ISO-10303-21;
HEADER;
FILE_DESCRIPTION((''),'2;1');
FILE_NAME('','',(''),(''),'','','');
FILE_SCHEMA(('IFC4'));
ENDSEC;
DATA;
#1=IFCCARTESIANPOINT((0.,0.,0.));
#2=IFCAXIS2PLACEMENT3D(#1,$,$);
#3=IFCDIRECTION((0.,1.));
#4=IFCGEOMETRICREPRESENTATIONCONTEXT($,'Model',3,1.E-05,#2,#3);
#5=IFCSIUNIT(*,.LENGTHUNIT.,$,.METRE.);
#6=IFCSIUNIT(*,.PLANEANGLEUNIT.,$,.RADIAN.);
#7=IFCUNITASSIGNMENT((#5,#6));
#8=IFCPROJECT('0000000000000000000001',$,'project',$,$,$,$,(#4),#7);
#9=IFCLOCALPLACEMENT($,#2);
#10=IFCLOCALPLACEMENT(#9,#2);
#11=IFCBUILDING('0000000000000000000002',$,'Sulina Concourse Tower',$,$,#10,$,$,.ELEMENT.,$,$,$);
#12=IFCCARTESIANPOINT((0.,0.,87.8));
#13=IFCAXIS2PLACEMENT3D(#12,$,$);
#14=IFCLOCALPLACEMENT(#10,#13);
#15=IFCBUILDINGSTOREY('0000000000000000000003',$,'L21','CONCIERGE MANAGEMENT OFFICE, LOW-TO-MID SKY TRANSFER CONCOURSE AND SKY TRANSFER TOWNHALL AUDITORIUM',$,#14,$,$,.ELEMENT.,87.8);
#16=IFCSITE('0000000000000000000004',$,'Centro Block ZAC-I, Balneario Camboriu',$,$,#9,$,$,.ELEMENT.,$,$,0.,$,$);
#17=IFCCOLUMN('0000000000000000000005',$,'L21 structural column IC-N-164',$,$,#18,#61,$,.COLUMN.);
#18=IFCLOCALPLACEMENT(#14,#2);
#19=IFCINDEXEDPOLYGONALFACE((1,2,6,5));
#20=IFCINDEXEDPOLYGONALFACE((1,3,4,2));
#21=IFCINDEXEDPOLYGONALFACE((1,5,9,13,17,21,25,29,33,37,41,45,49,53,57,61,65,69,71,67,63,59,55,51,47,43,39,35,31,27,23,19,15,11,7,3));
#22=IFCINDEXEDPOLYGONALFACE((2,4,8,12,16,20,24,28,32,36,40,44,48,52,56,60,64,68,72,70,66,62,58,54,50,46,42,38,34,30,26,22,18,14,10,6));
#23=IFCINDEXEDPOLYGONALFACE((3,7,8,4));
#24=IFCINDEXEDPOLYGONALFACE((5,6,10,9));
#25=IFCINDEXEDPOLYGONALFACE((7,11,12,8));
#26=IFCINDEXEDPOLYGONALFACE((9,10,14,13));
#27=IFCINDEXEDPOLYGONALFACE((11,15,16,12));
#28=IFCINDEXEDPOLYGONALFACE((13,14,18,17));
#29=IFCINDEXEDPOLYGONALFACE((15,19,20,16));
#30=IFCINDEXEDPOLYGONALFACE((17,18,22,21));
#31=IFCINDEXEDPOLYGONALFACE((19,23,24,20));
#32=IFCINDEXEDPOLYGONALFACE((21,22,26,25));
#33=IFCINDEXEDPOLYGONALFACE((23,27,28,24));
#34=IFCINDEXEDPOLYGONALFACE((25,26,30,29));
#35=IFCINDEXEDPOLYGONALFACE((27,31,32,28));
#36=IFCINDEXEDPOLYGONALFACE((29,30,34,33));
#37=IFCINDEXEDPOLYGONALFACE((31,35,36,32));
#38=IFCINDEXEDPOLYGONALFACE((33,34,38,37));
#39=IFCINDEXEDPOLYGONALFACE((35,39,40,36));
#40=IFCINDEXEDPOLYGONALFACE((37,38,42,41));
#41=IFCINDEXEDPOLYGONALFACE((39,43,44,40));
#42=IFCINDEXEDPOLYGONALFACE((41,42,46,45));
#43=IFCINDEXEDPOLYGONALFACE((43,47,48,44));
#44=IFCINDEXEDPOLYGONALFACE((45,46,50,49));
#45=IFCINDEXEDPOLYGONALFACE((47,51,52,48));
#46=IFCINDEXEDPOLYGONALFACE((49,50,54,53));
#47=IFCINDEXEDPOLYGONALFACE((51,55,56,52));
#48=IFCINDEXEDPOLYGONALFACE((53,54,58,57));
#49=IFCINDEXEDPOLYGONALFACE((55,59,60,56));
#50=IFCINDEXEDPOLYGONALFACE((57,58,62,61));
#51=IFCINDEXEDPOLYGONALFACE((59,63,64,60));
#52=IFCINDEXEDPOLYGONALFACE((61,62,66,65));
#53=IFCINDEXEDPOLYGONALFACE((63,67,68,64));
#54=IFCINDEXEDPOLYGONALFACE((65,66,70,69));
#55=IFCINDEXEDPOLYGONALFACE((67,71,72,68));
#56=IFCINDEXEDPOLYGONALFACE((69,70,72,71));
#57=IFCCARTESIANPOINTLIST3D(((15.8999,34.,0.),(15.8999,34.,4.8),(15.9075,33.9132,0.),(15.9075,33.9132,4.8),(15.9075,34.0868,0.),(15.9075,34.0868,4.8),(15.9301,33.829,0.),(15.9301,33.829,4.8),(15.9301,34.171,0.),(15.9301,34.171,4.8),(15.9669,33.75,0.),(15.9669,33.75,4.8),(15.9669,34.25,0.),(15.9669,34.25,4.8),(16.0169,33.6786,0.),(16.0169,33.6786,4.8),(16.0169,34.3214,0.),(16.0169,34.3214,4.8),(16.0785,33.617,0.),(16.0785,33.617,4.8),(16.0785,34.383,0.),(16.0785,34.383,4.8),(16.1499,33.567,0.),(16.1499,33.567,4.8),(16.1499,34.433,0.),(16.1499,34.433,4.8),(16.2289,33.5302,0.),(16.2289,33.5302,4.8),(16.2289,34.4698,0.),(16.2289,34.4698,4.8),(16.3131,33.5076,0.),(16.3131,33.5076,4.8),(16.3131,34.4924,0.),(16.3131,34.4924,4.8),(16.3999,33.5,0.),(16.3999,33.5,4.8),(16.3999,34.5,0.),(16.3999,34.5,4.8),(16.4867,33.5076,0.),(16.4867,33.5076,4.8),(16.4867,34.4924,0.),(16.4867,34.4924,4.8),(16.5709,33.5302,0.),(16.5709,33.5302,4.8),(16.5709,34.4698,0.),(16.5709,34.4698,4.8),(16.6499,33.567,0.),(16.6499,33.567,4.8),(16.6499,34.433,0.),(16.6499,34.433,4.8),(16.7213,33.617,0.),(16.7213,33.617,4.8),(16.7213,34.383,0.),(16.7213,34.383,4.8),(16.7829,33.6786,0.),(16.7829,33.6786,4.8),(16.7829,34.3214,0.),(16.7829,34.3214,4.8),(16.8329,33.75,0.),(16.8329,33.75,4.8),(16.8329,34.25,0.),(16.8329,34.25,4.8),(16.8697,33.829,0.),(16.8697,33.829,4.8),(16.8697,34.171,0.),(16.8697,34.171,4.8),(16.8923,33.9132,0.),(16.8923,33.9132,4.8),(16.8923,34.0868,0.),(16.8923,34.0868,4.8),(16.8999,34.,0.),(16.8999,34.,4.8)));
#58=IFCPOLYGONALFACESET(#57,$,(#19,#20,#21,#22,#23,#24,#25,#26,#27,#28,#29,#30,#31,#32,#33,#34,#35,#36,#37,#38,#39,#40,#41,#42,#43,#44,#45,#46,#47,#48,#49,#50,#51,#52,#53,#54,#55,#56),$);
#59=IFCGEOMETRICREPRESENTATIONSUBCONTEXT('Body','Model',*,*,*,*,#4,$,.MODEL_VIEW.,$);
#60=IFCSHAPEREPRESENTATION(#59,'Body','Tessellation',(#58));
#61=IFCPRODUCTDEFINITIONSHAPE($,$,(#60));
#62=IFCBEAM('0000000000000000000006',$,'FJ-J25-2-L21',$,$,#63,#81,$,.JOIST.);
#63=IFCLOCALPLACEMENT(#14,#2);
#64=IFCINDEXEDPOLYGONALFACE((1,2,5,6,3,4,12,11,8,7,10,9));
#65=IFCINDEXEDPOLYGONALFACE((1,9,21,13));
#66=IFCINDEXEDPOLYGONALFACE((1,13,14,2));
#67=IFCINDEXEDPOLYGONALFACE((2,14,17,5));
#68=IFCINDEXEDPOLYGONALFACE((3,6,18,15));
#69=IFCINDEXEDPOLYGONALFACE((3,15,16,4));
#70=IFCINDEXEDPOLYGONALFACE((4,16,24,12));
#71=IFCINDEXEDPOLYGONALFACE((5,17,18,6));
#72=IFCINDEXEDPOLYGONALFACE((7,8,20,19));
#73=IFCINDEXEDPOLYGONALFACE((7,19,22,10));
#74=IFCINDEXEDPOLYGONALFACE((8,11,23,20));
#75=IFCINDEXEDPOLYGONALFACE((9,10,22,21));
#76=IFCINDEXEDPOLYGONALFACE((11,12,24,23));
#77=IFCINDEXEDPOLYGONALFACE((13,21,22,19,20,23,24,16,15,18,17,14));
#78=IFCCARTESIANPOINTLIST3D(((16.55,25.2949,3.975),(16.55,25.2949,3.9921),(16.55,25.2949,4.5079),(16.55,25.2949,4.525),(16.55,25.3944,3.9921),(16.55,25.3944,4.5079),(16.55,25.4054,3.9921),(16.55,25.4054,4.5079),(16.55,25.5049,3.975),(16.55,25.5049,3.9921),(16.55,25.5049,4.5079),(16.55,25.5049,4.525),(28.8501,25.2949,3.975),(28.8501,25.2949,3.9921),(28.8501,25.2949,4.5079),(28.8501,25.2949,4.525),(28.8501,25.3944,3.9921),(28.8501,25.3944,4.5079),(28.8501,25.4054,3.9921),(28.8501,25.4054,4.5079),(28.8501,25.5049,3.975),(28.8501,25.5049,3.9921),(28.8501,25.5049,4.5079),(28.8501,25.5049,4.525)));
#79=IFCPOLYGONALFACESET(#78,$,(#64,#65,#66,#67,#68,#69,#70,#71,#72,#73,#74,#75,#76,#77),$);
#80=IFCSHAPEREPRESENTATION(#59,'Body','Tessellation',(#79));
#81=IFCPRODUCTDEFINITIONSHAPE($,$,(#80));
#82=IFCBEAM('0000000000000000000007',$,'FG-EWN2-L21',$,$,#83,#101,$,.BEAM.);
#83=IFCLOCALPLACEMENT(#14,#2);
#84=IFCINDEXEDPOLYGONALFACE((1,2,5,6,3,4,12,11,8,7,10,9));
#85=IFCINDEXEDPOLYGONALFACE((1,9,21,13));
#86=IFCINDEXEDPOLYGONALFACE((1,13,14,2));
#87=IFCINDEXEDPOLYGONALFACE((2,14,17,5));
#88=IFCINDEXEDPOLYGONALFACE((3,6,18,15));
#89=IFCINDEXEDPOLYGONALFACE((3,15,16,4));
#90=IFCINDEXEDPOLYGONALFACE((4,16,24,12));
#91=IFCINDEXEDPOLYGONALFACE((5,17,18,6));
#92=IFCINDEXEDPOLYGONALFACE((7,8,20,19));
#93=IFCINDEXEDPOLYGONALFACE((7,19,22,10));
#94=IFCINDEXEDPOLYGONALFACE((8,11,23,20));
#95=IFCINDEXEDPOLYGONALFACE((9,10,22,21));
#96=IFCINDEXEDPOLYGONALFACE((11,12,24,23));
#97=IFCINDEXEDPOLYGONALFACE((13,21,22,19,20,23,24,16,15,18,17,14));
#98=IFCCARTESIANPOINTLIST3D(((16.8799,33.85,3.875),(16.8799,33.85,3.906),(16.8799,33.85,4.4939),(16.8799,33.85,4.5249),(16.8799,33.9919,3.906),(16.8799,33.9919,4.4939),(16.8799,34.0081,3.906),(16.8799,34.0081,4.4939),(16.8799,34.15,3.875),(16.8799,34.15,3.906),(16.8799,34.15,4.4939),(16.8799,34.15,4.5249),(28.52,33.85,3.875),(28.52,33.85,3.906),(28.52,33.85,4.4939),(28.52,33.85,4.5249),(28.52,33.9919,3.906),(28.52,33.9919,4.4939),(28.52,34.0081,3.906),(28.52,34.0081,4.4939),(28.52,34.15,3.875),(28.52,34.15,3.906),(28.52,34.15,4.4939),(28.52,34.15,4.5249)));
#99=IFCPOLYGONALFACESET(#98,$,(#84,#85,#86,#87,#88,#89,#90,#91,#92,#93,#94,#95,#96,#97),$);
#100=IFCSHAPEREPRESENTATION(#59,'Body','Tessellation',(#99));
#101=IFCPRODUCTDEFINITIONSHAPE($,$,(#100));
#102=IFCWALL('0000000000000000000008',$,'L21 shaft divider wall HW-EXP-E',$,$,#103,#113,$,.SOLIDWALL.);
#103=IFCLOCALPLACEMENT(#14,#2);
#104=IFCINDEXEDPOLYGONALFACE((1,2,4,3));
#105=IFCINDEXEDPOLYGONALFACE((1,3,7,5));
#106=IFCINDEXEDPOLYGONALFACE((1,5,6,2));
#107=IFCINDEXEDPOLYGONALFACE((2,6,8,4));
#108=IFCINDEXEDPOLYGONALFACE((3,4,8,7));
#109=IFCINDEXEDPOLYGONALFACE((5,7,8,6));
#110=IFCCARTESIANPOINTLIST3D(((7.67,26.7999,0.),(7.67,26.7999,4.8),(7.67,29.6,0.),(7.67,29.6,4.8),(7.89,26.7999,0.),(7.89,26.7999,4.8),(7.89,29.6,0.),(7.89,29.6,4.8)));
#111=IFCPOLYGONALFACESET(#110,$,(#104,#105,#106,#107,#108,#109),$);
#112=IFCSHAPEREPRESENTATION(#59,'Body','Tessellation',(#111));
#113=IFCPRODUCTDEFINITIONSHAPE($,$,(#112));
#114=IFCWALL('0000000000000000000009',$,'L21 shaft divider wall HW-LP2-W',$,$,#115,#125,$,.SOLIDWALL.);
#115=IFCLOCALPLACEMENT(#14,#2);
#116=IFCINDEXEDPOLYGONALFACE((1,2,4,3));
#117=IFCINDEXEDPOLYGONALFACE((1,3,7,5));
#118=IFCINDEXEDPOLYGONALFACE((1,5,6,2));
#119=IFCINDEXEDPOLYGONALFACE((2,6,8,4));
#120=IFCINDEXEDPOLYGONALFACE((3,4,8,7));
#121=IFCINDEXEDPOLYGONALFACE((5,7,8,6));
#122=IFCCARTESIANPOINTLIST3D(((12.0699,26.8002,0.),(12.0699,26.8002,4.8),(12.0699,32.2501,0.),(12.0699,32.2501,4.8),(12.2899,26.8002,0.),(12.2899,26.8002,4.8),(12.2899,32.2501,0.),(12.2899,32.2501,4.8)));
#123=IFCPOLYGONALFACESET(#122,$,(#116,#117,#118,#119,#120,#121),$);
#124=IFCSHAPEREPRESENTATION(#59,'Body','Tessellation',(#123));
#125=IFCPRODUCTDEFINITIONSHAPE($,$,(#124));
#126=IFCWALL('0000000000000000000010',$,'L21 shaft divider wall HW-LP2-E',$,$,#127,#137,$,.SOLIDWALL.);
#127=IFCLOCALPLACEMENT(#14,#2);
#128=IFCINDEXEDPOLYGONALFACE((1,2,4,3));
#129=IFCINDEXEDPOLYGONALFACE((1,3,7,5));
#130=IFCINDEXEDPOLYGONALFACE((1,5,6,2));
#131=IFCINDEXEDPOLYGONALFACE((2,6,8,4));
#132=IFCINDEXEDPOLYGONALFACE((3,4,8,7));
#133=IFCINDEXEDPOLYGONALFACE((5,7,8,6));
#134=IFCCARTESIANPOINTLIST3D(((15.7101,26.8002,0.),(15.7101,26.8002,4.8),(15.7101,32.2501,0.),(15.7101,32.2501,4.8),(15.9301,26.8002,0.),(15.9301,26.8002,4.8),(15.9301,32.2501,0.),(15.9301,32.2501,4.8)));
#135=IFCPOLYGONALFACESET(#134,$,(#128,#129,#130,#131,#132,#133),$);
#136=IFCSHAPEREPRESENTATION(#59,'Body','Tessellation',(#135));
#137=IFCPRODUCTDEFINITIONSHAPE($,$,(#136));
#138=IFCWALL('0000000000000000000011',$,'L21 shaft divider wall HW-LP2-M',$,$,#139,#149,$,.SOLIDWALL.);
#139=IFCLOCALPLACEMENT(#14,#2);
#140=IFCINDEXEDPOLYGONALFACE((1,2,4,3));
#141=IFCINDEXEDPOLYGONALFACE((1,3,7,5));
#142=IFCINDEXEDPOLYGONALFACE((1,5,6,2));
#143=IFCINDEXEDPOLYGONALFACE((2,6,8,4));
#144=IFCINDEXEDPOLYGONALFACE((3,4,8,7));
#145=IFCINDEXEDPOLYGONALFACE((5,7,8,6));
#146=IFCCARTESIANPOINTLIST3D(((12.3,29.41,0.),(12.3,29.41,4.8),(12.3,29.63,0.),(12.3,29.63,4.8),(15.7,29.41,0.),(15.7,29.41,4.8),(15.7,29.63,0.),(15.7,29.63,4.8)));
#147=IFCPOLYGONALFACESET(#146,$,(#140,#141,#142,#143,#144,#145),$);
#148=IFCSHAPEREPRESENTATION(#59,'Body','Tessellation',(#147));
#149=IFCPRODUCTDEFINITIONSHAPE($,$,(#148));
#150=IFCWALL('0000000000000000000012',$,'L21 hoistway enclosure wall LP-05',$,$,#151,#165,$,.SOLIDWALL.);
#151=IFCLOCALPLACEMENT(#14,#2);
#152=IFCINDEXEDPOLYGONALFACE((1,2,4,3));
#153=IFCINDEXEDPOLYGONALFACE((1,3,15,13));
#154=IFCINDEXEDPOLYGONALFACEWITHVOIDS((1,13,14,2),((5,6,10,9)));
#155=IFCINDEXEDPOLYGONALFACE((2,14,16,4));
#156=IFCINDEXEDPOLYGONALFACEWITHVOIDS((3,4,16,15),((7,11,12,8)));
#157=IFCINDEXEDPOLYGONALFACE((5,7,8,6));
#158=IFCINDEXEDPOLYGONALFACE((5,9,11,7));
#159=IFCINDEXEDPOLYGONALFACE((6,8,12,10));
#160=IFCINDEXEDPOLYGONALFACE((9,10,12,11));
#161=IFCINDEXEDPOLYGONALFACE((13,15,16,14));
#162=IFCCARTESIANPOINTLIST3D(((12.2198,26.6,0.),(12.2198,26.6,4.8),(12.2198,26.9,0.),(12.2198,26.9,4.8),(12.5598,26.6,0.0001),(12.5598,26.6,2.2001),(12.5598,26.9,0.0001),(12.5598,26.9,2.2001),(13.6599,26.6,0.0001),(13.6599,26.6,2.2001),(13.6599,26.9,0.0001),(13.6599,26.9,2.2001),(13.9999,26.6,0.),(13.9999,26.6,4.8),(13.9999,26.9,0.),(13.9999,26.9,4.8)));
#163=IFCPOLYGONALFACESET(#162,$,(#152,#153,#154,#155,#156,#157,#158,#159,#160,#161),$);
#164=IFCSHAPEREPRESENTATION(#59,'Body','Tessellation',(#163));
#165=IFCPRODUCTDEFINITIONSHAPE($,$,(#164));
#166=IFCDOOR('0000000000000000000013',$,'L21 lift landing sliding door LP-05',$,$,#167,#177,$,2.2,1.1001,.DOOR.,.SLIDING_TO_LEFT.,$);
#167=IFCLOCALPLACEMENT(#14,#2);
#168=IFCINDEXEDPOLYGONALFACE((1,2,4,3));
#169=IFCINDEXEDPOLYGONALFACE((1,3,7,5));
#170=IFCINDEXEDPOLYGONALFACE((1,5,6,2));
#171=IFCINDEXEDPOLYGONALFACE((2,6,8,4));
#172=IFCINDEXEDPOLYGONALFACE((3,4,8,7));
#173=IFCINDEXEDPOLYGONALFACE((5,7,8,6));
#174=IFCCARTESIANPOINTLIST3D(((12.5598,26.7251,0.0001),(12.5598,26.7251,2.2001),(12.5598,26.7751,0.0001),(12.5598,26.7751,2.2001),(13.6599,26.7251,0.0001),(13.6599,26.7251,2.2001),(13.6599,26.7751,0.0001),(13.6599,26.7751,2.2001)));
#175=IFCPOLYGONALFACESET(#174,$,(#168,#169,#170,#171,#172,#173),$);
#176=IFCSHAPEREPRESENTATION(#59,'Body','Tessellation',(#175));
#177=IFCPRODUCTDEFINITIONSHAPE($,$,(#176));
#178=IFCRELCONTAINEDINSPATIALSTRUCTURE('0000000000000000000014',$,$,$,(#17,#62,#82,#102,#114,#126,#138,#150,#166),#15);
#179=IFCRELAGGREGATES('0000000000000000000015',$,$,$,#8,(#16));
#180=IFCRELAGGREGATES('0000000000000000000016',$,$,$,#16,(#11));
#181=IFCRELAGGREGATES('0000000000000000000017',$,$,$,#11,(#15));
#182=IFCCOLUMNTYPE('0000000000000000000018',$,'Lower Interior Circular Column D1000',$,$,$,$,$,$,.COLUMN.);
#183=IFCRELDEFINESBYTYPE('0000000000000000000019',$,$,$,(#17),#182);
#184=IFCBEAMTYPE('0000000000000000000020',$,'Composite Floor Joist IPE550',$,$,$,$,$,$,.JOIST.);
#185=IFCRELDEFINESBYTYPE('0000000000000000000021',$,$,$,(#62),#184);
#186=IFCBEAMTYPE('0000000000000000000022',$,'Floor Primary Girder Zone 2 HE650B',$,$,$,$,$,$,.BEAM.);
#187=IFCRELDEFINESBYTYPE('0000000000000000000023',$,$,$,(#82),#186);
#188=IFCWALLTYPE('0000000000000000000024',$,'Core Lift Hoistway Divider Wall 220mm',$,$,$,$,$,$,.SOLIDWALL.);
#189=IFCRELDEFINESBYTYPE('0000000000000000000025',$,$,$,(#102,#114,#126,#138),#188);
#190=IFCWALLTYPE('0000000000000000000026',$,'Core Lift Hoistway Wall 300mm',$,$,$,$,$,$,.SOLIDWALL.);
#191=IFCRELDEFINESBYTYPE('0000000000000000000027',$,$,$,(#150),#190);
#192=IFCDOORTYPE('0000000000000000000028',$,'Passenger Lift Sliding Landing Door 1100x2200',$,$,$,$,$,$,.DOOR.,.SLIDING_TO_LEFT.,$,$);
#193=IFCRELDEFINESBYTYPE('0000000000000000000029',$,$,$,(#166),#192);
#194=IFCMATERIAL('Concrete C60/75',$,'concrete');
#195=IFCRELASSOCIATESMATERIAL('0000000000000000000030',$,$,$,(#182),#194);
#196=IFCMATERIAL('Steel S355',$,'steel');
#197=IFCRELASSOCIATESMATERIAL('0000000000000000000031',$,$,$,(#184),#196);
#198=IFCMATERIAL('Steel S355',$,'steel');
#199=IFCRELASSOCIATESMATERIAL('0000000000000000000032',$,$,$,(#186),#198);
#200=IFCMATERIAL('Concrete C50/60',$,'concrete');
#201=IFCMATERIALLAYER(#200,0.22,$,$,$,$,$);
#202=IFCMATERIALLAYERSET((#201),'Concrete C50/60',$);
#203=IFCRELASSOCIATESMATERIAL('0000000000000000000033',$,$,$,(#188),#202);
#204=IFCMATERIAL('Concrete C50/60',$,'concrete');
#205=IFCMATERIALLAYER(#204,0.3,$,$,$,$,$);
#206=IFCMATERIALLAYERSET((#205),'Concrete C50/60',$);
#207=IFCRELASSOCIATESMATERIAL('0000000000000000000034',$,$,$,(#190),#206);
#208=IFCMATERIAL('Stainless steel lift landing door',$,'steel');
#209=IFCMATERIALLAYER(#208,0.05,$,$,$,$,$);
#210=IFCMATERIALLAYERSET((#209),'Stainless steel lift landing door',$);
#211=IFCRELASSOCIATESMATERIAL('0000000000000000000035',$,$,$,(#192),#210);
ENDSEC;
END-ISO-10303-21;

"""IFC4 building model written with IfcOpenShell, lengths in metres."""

from ifc_helpers import new_model, si_unit, direction, frame, frame_2d, origin, origin_2d, place, context, subcontext, project, spatial, rectangle, circle, i_section, extrude, material, layer, layer_set, material_profile, profile_set, type_object, element, fill, save


model = new_model("IFC4")

# Units and contexts
model_context = context("Model", 3, precision=1e-05, world=origin(), true_north=direction((0.0, 1.0)))
body_context = subcontext(model_context, "Body", "Model", "MODEL_VIEW")
ifc_project = project(units=[si_unit("LENGTHUNIT", "METRE"), si_unit("PLANEANGLEUNIT", "RADIAN")], contexts=[model_context])

# Site, building, storey
site_placement = place(None, origin())
site = spatial("IfcSite", under=ifc_project, at=site_placement, Name="Centro Block ZAC-I, Balneario Camboriu", CompositionType="ELEMENT", RefElevation=0.0)
building_placement = place(site_placement, origin())
building = spatial("IfcBuilding", under=site, at=building_placement, Name="Sulina Concourse Tower", CompositionType="ELEMENT")
storey_placement = place(building_placement, frame((0.0, 0.0, 87.8)))
storey = spatial("IfcBuildingStorey", under=building, at=storey_placement, Name="L21", Description="CONCIERGE MANAGEMENT OFFICE, LOW-TO-MID SKY TRANSFER CONCOURSE AND SKY TRANSFER TOWNHALL AUDITORIUM", CompositionType="ELEMENT", Elevation=87.8)

# Column
ifc_material_1 = material(Name="Concrete C60/75", Category="concrete")
ifc_material_profile_1 = material_profile(ifc_material_1, circle(Radius=0.5, at=origin_2d()), Name="RC D1000")
ifc_profile_set_1 = profile_set([ifc_material_profile_1], Name="Concrete C60/75")
column_type = type_object("IfcColumnType", Name="Lower Interior Circular Column D1000", PredefinedType="COLUMN", material=ifc_profile_set_1)
column_placement = place(storey_placement, frame((16.3999, 34.0, 0.0), z_axis=(0.0, 0.0, 1.0), x_axis=(1.0, 0.0, 0.0)))
element("IfcColumn", 1, at=column_placement, inside=storey, type_object=column_type, Name="L21 structural column IC-N-164", PredefinedType="COLUMN", context=body_context, shape_type="SweptSolid", body=[
    extrude(circle(Radius=0.5, at=origin_2d()), origin(), (0.0, 0.0, 1.0), 4.8),
])

# Beams
ifc_material_2 = material(Name="Steel S355", Category="steel")
ifc_material_profile_2 = material_profile(ifc_material_2, i_section(OverallWidth=0.21, OverallDepth=0.55, WebThickness=0.011, FlangeThickness=0.0171, at=origin_2d()), Name="IPE 550")
ifc_profile_set_2 = profile_set([ifc_material_profile_2], Name="Steel S355")
beam_type_1 = type_object("IfcBeamType", Name="Composite Floor Joist IPE550", PredefinedType="JOIST", material=ifc_profile_set_2)
beam_1_placement = place(storey_placement, frame((16.55, 25.3999, 4.25), z_axis=(1.0, 0.0, 0.0), x_axis=(0.0, 1.0, 0.0)))
element("IfcBeam", 2, at=beam_1_placement, inside=storey, type_object=beam_type_1, Name="FJ-J25-2-L21", PredefinedType="JOIST", context=body_context, shape_type="SweptSolid", body=[
    extrude(i_section(OverallWidth=0.21, OverallDepth=0.55, WebThickness=0.011, FlangeThickness=0.0171, at=origin_2d()), origin(), (0.0, 0.0, 1.0), 12.3),
])
ifc_material_3 = material(Name="Steel S355", Category="steel")
ifc_material_profile_3 = material_profile(ifc_material_3, i_section(OverallWidth=0.3, OverallDepth=0.6499, WebThickness=0.0161, FlangeThickness=0.031, at=origin_2d()), Name="HE 650 B")
ifc_profile_set_3 = profile_set([ifc_material_profile_3], Name="Steel S355")
beam_type_2 = type_object("IfcBeamType", Name="Floor Primary Girder Zone 2 HE650B", PredefinedType="BEAM", material=ifc_profile_set_3)
beam_2_placement = place(storey_placement, frame((16.8799, 34.0, 4.2), z_axis=(1.0, 0.0, 0.0), x_axis=(0.0, 1.0, 0.0)))
element("IfcBeam", 3, at=beam_2_placement, inside=storey, type_object=beam_type_2, Name="FG-EWN2-L21", PredefinedType="BEAM", context=body_context, shape_type="SweptSolid", body=[
    extrude(i_section(OverallWidth=0.3, OverallDepth=0.6499, WebThickness=0.0161, FlangeThickness=0.031, at=origin_2d()), origin(), (0.0, 0.0, 1.0), 11.6401),
])

# Walls
ifc_material_4 = material(Name="Concrete C50/60", Category="concrete")
ifc_layer_1 = layer(ifc_material_4, 0.22)
ifc_layer_set_1 = layer_set([ifc_layer_1], Name="Concrete C50/60")
wall_type_1 = type_object("IfcWallType", Name="Core Lift Hoistway Divider Wall 220mm", PredefinedType="SOLIDWALL", material=ifc_layer_set_1)
wall_1_placement = place(storey_placement, frame((7.78, 26.8, 0.0), z_axis=(0.0, 0.0, 1.0), x_axis=(0.0, 1.0, 0.0)))
element("IfcWall", 4, at=wall_1_placement, inside=storey, type_object=wall_type_1, Name="L21 shaft divider wall HW-EXP-E", PredefinedType="SOLIDWALL", context=body_context, shape_type="SweptSolid", body=[
    extrude(rectangle(XDim=2.8, YDim=0.22, at=frame_2d((1.3999, 0.0))), origin(), (0.0, 0.0, 1.0), 4.8),
])
for number, where, z_axis, x_axis, name in (
    (5, (12.1799, 26.8, 0.0), (0.0, 0.0, 1.0), (0.0, 1.0, 0.0), "L21 shaft divider wall HW-LP2-W"),
    (6, (15.8201, 26.8, 0.0), (0.0, 0.0, 1.0), (0.0, 1.0, 0.0), "L21 shaft divider wall HW-LP2-E"),
):
    element("IfcWall", number, at=place(storey_placement, frame(where, z_axis=z_axis, x_axis=x_axis)), inside=storey, type_object=wall_type_1, Name=name, PredefinedType="SOLIDWALL", context=body_context, shape_type="SweptSolid", body=[
        extrude(rectangle(XDim=5.45, YDim=0.22, at=frame_2d((2.7251, 0.0))), origin(), (0.0, 0.0, 1.0), 4.8),
    ])
wall_2_placement = place(storey_placement, frame((12.3, 29.52, 0.0), z_axis=(0.0, 0.0, 1.0), x_axis=(1.0, 0.0, 0.0)))
element("IfcWall", 7, at=wall_2_placement, inside=storey, type_object=wall_type_1, Name="L21 shaft divider wall HW-LP2-M", PredefinedType="SOLIDWALL", context=body_context, shape_type="SweptSolid", body=[
    extrude(rectangle(XDim=3.3999, YDim=0.22, at=frame_2d((1.7, 0.0))), origin(), (0.0, 0.0, 1.0), 4.8),
])

# Wall, opening, door
ifc_material_5 = material(Name="Concrete C50/60", Category="concrete")
ifc_layer_2 = layer(ifc_material_5, 0.3)
ifc_layer_set_2 = layer_set([ifc_layer_2], Name="Concrete C50/60")
wall_type_2 = type_object("IfcWallType", Name="Core Lift Hoistway Wall 300mm", PredefinedType="SOLIDWALL", material=ifc_layer_set_2)
wall_3_placement = place(storey_placement, frame((14.0, 26.75, 0.0), z_axis=(0.0, 0.0, 1.0), x_axis=(-1.0, 0.0, 0.0)))
wall_3 = element("IfcWall", 8, at=wall_3_placement, inside=storey, type_object=wall_type_2, Name="L21 hoistway enclosure wall LP-05", PredefinedType="SOLIDWALL", context=body_context, shape_type="SweptSolid", body=[
    extrude(rectangle(XDim=1.78, YDim=0.3, at=frame_2d((0.8901, 0.0))), origin(), (0.0, 0.0, 1.0), 4.8),
])
opening_1_placement = place(wall_3_placement, frame((0.3401, 0.0, 0.0)))
opening_1 = element("IfcOpeningElement", 9, at=opening_1_placement, cuts=wall_3, PredefinedType="OPENING", context=body_context, shape_type="SweptSolid", body=[
    extrude(rectangle(XDim=1.1001, YDim=2.2, at=frame_2d((0.55, 1.1001))), frame((0.0, 0.1599, 0.0), z_axis=(0.0, -1.0, 0.0), x_axis=(1.0, 0.0, 0.0)), (0.0, 0.0, 1.0), 0.3201),
])
ifc_material_6 = material(Name="Stainless steel lift landing door", Category="steel")
ifc_layer_3 = layer(ifc_material_6, 0.05)
ifc_layer_set_3 = layer_set([ifc_layer_3], Name="Stainless steel lift landing door")
door_type_1 = type_object("IfcDoorType", Name="Passenger Lift Sliding Landing Door 1100x2200", OperationType="SLIDING_TO_LEFT", PredefinedType="DOOR", material=ifc_layer_set_3)
door_1_placement = place(opening_1_placement, origin())
door_1 = element("IfcDoor", 10, at=door_1_placement, inside=storey, type_object=door_type_1, Name="L21 lift landing sliding door LP-05", OperationType="SLIDING_TO_LEFT", OverallHeight=2.2, OverallWidth=1.1001, PredefinedType="DOOR", context=body_context, shape_type="SweptSolid", body=[
    extrude(rectangle(XDim=1.1001, YDim=2.2, at=frame_2d((0.55, 1.1001))), frame((0.0, 0.0249, 0.0), z_axis=(0.0, -1.0, 0.0), x_axis=(1.0, 0.0, 0.0)), (0.0, 0.0, 1.0), 0.05),
])
fill(opening_1, door_1)

save(model, "model.ifc")
